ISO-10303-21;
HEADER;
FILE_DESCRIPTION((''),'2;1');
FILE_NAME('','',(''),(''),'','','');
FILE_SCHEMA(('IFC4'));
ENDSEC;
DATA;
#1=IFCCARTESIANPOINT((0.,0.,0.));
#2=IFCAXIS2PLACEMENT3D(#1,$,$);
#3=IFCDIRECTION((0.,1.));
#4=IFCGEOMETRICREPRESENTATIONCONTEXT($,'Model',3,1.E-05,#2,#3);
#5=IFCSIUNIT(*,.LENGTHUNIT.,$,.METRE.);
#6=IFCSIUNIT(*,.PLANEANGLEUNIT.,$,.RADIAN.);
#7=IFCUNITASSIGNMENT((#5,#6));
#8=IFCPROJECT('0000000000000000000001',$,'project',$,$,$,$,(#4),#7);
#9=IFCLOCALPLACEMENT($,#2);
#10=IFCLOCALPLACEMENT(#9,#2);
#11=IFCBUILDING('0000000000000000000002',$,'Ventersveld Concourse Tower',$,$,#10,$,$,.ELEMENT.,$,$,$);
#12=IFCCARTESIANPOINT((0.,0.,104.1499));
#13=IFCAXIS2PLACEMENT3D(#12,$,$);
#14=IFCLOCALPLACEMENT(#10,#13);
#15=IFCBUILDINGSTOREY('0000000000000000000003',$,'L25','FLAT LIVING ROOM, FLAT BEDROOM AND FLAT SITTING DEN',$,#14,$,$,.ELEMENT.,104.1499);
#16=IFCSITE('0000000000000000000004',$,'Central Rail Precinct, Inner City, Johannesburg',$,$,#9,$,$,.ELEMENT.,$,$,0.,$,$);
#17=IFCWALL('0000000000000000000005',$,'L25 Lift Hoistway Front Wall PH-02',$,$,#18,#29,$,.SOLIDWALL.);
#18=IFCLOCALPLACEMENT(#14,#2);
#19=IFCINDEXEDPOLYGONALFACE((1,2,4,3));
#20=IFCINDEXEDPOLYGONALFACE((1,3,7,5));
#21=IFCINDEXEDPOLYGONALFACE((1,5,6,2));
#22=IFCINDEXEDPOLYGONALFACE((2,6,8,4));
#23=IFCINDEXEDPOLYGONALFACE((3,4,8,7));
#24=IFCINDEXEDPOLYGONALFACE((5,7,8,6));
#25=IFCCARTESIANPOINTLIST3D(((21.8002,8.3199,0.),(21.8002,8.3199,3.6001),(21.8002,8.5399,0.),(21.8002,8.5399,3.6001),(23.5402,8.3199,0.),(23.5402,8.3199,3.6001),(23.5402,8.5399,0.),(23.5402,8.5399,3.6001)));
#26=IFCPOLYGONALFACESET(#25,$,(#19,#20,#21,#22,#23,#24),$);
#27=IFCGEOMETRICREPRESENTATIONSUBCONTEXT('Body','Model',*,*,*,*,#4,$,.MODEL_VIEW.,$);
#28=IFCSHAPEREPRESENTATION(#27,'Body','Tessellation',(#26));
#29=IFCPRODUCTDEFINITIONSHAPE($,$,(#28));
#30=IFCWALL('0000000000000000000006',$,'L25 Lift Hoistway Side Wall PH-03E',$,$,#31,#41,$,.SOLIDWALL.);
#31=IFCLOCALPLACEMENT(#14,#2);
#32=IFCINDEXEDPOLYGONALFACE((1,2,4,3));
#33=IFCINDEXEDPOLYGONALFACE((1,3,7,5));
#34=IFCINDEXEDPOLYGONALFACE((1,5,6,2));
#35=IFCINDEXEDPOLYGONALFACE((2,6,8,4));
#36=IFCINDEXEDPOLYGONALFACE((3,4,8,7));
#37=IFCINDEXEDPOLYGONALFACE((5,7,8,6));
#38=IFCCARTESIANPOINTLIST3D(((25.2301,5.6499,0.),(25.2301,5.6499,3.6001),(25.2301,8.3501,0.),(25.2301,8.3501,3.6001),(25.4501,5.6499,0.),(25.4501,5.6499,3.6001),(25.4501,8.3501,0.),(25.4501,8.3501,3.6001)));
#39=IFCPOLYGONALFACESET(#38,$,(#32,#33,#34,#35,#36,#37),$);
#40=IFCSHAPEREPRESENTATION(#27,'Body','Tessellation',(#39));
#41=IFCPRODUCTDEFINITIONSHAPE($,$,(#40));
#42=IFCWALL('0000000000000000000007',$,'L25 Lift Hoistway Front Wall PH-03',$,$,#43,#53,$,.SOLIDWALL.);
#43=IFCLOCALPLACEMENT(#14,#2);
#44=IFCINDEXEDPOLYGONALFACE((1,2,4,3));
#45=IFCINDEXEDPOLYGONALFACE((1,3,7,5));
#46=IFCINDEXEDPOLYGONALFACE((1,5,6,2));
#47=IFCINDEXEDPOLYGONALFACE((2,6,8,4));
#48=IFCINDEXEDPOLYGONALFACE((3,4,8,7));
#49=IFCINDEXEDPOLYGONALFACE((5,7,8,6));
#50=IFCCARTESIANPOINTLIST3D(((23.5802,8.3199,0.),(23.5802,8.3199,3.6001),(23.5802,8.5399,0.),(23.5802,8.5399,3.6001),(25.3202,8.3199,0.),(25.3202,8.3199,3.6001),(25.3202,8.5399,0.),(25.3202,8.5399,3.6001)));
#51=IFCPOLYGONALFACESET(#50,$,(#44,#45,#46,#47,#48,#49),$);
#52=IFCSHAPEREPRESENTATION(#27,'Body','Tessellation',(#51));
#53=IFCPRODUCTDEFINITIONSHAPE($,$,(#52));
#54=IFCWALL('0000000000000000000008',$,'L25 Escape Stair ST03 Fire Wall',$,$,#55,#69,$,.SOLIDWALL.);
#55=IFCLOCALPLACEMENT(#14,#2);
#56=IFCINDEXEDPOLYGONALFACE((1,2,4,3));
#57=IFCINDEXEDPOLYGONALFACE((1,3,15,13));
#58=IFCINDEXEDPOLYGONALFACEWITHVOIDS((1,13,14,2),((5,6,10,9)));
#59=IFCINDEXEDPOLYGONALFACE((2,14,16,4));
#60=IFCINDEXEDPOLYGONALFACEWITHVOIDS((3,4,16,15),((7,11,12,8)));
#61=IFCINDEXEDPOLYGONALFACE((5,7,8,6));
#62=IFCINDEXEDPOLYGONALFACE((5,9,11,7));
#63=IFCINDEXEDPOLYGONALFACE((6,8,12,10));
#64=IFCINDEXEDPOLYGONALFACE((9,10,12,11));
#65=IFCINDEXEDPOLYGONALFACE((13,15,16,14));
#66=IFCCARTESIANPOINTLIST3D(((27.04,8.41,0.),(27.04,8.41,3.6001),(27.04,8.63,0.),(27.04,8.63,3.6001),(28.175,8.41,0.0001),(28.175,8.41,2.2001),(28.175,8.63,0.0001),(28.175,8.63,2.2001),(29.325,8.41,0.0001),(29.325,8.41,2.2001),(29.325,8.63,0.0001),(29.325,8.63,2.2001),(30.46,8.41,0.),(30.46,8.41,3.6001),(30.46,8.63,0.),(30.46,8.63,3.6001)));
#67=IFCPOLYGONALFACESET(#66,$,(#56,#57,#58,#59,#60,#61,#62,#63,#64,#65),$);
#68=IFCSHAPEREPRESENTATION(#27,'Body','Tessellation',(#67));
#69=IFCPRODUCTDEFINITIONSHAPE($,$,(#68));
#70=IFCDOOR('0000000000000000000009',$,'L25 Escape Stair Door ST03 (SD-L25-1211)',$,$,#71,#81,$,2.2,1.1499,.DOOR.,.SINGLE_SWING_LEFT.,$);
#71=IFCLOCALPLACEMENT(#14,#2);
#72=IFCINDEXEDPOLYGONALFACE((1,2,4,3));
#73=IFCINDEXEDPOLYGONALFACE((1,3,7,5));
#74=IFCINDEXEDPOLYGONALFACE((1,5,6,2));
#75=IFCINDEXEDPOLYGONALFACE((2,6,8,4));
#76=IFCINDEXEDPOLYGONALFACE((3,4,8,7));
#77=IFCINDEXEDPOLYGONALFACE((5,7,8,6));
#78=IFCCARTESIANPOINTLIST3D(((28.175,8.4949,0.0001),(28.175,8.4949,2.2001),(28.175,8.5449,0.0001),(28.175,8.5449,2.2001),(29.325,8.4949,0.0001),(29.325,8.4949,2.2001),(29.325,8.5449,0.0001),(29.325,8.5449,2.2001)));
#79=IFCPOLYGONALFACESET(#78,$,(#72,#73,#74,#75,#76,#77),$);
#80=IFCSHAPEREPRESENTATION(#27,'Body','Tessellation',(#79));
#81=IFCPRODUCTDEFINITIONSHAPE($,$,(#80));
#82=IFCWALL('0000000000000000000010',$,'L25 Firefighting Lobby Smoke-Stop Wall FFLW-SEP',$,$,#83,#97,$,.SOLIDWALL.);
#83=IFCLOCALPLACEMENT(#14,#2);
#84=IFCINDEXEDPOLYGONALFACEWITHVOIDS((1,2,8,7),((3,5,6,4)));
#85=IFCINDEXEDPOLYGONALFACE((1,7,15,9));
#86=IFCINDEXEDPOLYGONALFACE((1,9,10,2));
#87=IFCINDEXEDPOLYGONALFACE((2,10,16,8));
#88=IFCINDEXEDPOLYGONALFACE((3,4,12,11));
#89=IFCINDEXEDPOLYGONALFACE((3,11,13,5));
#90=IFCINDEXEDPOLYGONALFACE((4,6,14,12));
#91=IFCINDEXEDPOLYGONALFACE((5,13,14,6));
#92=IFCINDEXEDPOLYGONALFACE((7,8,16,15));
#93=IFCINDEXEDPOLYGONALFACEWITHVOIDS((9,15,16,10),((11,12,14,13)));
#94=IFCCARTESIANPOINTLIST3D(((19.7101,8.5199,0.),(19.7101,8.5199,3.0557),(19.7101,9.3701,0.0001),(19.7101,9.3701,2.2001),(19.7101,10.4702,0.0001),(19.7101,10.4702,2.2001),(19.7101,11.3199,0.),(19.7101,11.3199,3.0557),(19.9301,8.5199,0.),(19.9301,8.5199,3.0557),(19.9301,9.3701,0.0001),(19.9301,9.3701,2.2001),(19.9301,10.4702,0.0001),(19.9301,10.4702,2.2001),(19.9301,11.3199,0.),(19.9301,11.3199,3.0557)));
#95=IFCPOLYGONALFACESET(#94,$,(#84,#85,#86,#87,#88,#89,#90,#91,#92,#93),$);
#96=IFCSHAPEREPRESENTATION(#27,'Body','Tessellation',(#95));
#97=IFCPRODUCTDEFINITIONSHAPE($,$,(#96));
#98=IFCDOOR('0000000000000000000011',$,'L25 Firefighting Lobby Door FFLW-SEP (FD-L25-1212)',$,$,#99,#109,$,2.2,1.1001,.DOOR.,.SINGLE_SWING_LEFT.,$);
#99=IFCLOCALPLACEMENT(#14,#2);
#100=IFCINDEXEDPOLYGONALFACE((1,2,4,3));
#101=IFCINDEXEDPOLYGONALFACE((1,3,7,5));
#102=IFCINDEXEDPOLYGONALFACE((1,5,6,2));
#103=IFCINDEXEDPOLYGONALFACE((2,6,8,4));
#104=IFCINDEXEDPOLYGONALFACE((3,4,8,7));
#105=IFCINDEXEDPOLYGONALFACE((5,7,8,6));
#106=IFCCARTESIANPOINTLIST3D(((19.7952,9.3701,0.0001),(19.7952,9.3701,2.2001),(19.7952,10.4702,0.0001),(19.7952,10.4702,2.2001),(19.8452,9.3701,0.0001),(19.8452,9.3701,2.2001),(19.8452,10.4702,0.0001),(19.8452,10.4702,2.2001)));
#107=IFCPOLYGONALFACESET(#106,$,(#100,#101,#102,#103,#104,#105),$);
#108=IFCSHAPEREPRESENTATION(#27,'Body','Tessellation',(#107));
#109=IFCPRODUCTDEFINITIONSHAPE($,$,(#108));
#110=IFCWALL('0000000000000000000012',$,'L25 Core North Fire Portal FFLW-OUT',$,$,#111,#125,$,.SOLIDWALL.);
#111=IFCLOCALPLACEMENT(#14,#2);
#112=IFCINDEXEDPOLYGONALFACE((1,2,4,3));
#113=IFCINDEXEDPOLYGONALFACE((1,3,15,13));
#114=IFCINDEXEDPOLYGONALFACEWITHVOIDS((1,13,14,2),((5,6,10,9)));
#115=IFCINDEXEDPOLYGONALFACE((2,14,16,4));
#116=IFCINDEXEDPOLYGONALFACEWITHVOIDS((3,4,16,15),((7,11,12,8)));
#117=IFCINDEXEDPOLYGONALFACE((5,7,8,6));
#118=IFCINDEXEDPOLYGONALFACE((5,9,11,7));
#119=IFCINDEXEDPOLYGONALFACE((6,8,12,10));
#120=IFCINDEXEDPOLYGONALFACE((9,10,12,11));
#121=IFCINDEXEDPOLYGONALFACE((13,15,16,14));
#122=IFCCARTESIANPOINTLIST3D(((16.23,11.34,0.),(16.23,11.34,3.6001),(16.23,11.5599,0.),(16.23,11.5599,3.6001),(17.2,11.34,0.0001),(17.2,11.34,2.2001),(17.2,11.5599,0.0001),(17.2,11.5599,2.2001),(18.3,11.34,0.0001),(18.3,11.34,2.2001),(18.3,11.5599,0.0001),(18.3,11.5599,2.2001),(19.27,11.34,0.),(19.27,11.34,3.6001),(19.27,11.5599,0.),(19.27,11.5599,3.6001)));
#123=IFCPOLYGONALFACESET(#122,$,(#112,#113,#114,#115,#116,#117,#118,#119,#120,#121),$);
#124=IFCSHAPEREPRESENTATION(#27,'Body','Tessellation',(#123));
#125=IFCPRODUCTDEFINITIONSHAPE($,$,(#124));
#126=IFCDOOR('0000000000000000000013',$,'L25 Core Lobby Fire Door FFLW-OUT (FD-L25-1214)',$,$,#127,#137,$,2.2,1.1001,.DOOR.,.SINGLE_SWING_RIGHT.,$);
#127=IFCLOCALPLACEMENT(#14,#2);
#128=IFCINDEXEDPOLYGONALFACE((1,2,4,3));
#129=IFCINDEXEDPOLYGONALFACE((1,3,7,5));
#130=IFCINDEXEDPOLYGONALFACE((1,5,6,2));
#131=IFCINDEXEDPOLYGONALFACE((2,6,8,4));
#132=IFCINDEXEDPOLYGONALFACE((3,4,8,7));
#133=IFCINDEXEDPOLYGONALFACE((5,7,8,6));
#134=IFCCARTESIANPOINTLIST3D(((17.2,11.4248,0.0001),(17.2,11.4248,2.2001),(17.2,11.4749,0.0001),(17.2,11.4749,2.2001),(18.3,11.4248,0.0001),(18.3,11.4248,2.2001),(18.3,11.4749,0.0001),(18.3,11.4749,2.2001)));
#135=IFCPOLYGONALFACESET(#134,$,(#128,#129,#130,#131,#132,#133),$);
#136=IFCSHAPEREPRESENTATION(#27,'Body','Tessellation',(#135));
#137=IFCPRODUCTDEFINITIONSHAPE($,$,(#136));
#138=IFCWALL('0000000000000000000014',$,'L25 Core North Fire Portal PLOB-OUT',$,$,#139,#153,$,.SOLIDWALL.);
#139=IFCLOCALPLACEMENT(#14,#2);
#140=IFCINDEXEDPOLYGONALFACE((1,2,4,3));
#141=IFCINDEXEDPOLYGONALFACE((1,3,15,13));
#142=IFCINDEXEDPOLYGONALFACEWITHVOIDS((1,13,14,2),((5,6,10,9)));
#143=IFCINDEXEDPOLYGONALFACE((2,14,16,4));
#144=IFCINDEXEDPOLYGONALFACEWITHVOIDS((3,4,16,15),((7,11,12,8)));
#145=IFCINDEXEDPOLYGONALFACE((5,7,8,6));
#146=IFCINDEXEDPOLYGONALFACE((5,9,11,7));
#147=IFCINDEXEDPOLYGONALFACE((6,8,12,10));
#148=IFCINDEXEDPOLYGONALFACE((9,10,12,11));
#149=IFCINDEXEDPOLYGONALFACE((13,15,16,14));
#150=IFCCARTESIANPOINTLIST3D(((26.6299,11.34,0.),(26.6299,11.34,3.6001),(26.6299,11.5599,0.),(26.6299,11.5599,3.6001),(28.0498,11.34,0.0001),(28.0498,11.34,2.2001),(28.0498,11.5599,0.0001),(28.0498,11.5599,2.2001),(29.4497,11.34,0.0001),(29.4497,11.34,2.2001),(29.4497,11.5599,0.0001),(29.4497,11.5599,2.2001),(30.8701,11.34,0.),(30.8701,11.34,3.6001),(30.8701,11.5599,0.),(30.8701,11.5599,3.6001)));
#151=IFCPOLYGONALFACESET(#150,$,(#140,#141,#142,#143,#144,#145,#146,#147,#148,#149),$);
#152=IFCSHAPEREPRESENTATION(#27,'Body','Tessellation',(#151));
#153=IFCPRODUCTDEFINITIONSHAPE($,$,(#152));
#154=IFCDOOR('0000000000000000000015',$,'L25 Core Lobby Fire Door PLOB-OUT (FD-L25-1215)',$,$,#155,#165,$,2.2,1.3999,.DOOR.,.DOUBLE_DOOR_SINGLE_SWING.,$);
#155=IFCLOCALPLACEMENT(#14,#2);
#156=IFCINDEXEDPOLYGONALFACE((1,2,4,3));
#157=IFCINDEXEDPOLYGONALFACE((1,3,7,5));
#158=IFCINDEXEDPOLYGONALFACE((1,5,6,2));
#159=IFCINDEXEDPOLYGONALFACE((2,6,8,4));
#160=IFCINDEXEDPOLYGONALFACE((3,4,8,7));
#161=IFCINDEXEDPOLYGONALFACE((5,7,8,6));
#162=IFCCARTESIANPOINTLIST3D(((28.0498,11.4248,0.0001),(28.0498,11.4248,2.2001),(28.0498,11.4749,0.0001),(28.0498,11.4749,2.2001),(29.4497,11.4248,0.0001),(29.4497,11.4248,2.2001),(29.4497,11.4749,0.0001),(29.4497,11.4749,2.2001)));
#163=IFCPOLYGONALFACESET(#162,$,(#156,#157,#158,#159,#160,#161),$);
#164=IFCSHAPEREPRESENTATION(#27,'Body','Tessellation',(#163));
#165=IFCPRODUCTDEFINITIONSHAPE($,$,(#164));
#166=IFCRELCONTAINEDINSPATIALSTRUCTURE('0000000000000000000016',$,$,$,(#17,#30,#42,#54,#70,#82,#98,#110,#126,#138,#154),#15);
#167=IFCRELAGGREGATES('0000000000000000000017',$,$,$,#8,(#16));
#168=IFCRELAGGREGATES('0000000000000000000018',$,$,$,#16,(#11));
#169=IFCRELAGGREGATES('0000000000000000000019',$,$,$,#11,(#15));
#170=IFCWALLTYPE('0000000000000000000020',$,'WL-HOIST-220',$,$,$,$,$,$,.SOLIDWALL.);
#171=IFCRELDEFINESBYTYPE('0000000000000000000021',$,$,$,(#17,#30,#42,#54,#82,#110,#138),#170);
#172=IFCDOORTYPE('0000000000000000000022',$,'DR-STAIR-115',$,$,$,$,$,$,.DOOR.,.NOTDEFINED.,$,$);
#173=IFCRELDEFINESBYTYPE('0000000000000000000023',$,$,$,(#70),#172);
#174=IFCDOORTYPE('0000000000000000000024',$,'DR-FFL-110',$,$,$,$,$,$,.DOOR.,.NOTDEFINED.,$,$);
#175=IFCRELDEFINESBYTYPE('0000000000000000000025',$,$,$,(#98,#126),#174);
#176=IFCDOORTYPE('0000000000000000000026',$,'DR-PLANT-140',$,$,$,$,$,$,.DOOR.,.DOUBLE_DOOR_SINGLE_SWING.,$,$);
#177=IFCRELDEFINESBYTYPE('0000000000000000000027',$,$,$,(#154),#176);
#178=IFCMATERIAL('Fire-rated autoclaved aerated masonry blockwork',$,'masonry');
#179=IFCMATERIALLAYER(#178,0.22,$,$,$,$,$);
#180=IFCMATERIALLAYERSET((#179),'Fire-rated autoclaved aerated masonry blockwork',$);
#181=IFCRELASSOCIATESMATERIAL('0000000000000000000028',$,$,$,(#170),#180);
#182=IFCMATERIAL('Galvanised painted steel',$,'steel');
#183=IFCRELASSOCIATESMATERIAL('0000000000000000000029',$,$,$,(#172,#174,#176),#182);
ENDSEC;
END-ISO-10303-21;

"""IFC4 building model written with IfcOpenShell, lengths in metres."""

from ifc_helpers import new_model, si_unit, direction, frame, frame_2d, origin, place, context, subcontext, project, spatial, rectangle, extrude, material, layer, layer_set, type_object, element, fill, save


model = new_model("IFC4")

# Units and contexts
model_context = context("Model", 3, precision=1e-05, world=origin(), true_north=direction((0.0, 1.0)))
body_context = subcontext(model_context, "Body", "Model", "MODEL_VIEW")
ifc_project = project(units=[si_unit("LENGTHUNIT", "METRE"), si_unit("PLANEANGLEUNIT", "RADIAN")], contexts=[model_context])

# Site, building, storey
site_placement = place(None, origin())
site = spatial("IfcSite", under=ifc_project, at=site_placement, Name="Central Rail Precinct, Inner City, Johannesburg", CompositionType="ELEMENT", RefElevation=0.0)
building_placement = place(site_placement, origin())
building = spatial("IfcBuilding", under=site, at=building_placement, Name="Ventersveld Concourse Tower", CompositionType="ELEMENT")
storey_placement = place(building_placement, frame((0.0, 0.0, 104.1499)))
storey = spatial("IfcBuildingStorey", under=building, at=storey_placement, Name="L25", Description="FLAT LIVING ROOM, FLAT BEDROOM AND FLAT SITTING DEN", CompositionType="ELEMENT", Elevation=104.1499)

# Shared definitions
ifc_material_1 = material(Name="Fire-rated autoclaved aerated masonry blockwork", Category="masonry")
ifc_layer_1 = layer(ifc_material_1, 0.22)
ifc_layer_set_1 = layer_set([ifc_layer_1], Name="Fire-rated autoclaved aerated masonry blockwork")
wall_type_1 = type_object("IfcWallType", Name="WL-HOIST-220", PredefinedType="SOLIDWALL", material=ifc_layer_set_1)

# Walls
wall_1_placement = place(storey_placement, frame((21.8, 8.4299, 0.0), z_axis=(0.0, 0.0, 1.0), x_axis=(1.0, 0.0, 0.0)))
element("IfcWall", 1, at=wall_1_placement, inside=storey, type_object=wall_type_1, Name="L25 Lift Hoistway Front Wall PH-02", PredefinedType="SOLIDWALL", context=body_context, shape_type="SweptSolid", body=[
    extrude(rectangle(XDim=1.74, YDim=0.22, at=frame_2d((0.8701, 0.0))), origin(), (0.0, 0.0, 1.0), 3.6001),
])
wall_2_placement = place(storey_placement, frame((25.3401, 5.6499, 0.0), z_axis=(0.0, 0.0, 1.0), x_axis=(0.0, 1.0, 0.0)))
element("IfcWall", 2, at=wall_2_placement, inside=storey, type_object=wall_type_1, Name="L25 Lift Hoistway Side Wall PH-03E", PredefinedType="SOLIDWALL", context=body_context, shape_type="SweptSolid", body=[
    extrude(rectangle(XDim=2.7002, YDim=0.22, at=frame_2d((1.3501, 0.0))), origin(), (0.0, 0.0, 1.0), 3.6001),
])
wall_3_placement = place(storey_placement, frame((23.5801, 8.4299, 0.0), z_axis=(0.0, 0.0, 1.0), x_axis=(1.0, 0.0, 0.0)))
element("IfcWall", 3, at=wall_3_placement, inside=storey, type_object=wall_type_1, Name="L25 Lift Hoistway Front Wall PH-03", PredefinedType="SOLIDWALL", context=body_context, shape_type="SweptSolid", body=[
    extrude(rectangle(XDim=1.74, YDim=0.22, at=frame_2d((0.8701, 0.0))), origin(), (0.0, 0.0, 1.0), 3.6001),
])

# Walls, openings, doors
wall_4_placement = place(storey_placement, frame((27.04, 8.52, 0.0), z_axis=(0.0, 0.0, 1.0), x_axis=(1.0, 0.0, 0.0)))
wall_4 = element("IfcWall", 4, at=wall_4_placement, inside=storey, type_object=wall_type_1, Name="L25 Escape Stair ST03 Fire Wall", PredefinedType="SOLIDWALL", context=body_context, shape_type="SweptSolid", body=[
    extrude(rectangle(XDim=3.4199, YDim=0.22, at=frame_2d((1.71, 0.0))), origin(), (0.0, 0.0, 1.0), 3.6001),
])
opening_1_placement = place(wall_4_placement, frame((1.135, 0.0, 0.0)))
opening_1 = element("IfcOpeningElement", 5, at=opening_1_placement, cuts=wall_4, PredefinedType="OPENING", context=body_context, shape_type="SweptSolid", body=[
    extrude(rectangle(XDim=1.1499, YDim=2.2, at=frame_2d((0.575, 1.1001))), frame((0.0, 0.1201, 0.0), z_axis=(0.0, -1.0, 0.0), x_axis=(1.0, 0.0, 0.0)), (0.0, 0.0, 1.0), 0.24),
])
ifc_material_2 = material(Name="Galvanised painted steel", Category="steel")
door_type_1 = type_object("IfcDoorType", Name="DR-STAIR-115", OperationType="NOTDEFINED", PredefinedType="DOOR", material=ifc_material_2)
door_1_placement = place(opening_1_placement, origin())
door_1 = element("IfcDoor", 6, at=door_1_placement, inside=storey, type_object=door_type_1, Name="L25 Escape Stair Door ST03 (SD-L25-1211)", OperationType="SINGLE_SWING_LEFT", OverallHeight=2.2, OverallWidth=1.1499, PredefinedType="DOOR", context=body_context, shape_type="SweptSolid", body=[
    extrude(rectangle(XDim=1.1499, YDim=2.2, at=frame_2d((0.575, 1.1001))), frame((0.0, 0.0249, 0.0), z_axis=(0.0, -1.0, 0.0), x_axis=(1.0, 0.0, 0.0)), (0.0, 0.0, 1.0), 0.05),
])
fill(opening_1, door_1)
wall_5_placement = place(storey_placement, frame((19.8201, 8.52, 0.0), z_axis=(0.0, 0.0, 1.0), x_axis=(0.0, 1.0, 0.0)))
wall_5 = element("IfcWall", 7, at=wall_5_placement, inside=storey, type_object=wall_type_1, Name="L25 Firefighting Lobby Smoke-Stop Wall FFLW-SEP", PredefinedType="SOLIDWALL", context=body_context, shape_type="SweptSolid", body=[
    extrude(rectangle(XDim=2.8, YDim=0.22, at=frame_2d((1.3999, 0.0))), origin(), (0.0, 0.0, 1.0), 3.0557),
])
opening_2_placement = place(wall_5_placement, frame((0.8501, 0.0, 0.0)))
opening_2 = element("IfcOpeningElement", 8, at=opening_2_placement, cuts=wall_5, PredefinedType="OPENING", context=body_context, shape_type="SweptSolid", body=[
    extrude(rectangle(XDim=1.1001, YDim=2.2, at=frame_2d((0.55, 1.1001))), frame((0.0, 0.1201, 0.0), z_axis=(0.0, -1.0, 0.0), x_axis=(1.0, 0.0, 0.0)), (0.0, 0.0, 1.0), 0.24),
])
door_type_2 = type_object("IfcDoorType", Name="DR-FFL-110", OperationType="NOTDEFINED", PredefinedType="DOOR", material=ifc_material_2)
door_2_placement = place(opening_2_placement, origin())
door_2 = element("IfcDoor", 9, at=door_2_placement, inside=storey, type_object=door_type_2, Name="L25 Firefighting Lobby Door FFLW-SEP (FD-L25-1212)", OperationType="SINGLE_SWING_LEFT", OverallHeight=2.2, OverallWidth=1.1001, PredefinedType="DOOR", context=body_context, shape_type="SweptSolid", body=[
    extrude(rectangle(XDim=1.1001, YDim=2.2, at=frame_2d((0.55, 1.1001))), frame((0.0, 0.0249, 0.0), z_axis=(0.0, -1.0, 0.0), x_axis=(1.0, 0.0, 0.0)), (0.0, 0.0, 1.0), 0.05),
])
fill(opening_2, door_2)
wall_6_placement = place(storey_placement, frame((16.23, 11.45, 0.0), z_axis=(0.0, 0.0, 1.0), x_axis=(1.0, 0.0, 0.0)))
wall_6 = element("IfcWall", 10, at=wall_6_placement, inside=storey, type_object=wall_type_1, Name="L25 Core North Fire Portal FFLW-OUT", PredefinedType="SOLIDWALL", context=body_context, shape_type="SweptSolid", body=[
    extrude(rectangle(XDim=3.04, YDim=0.22, at=frame_2d((1.52, 0.0))), origin(), (0.0, 0.0, 1.0), 3.6001),
])
opening_3_placement = place(wall_6_placement, frame((0.97, 0.0, 0.0)))
opening_3 = element("IfcOpeningElement", 11, at=opening_3_placement, cuts=wall_6, PredefinedType="OPENING", context=body_context, shape_type="SweptSolid", body=[
    extrude(rectangle(XDim=1.1001, YDim=2.2, at=frame_2d((0.55, 1.1001))), frame((0.0, 0.1201, 0.0), z_axis=(0.0, -1.0, 0.0), x_axis=(1.0, 0.0, 0.0)), (0.0, 0.0, 1.0), 0.24),
])
door_3_placement = place(opening_3_placement, origin())
door_3 = element("IfcDoor", 12, at=door_3_placement, inside=storey, type_object=door_type_2, Name="L25 Core Lobby Fire Door FFLW-OUT (FD-L25-1214)", OperationType="SINGLE_SWING_RIGHT", OverallHeight=2.2, OverallWidth=1.1001, PredefinedType="DOOR", context=body_context, shape_type="SweptSolid", body=[
    extrude(rectangle(XDim=1.1001, YDim=2.2, at=frame_2d((0.55, 1.1001))), frame((0.0, 0.0249, 0.0), z_axis=(0.0, -1.0, 0.0), x_axis=(1.0, 0.0, 0.0)), (0.0, 0.0, 1.0), 0.05),
])
fill(opening_3, door_3)
wall_7_placement = place(storey_placement, frame((26.6299, 11.45, 0.0), z_axis=(0.0, 0.0, 1.0), x_axis=(1.0, 0.0, 0.0)))
wall_7 = element("IfcWall", 13, at=wall_7_placement, inside=storey, type_object=wall_type_1, Name="L25 Core North Fire Portal PLOB-OUT", PredefinedType="SOLIDWALL", context=body_context, shape_type="SweptSolid", body=[
    extrude(rectangle(XDim=4.2402, YDim=0.22, at=frame_2d((2.1201, 0.0))), origin(), (0.0, 0.0, 1.0), 3.6001),
])
opening_4_placement = place(wall_7_placement, frame((1.4199, 0.0, 0.0)))
opening_4 = element("IfcOpeningElement", 14, at=opening_4_placement, cuts=wall_7, PredefinedType="OPENING", context=body_context, shape_type="SweptSolid", body=[
    extrude(rectangle(XDim=1.3999, YDim=2.2, at=frame_2d((0.7, 1.1001))), frame((0.0, 0.1201, 0.0), z_axis=(0.0, -1.0, 0.0), x_axis=(1.0, 0.0, 0.0)), (0.0, 0.0, 1.0), 0.24),
])
door_type_3 = type_object("IfcDoorType", Name="DR-PLANT-140", OperationType="DOUBLE_DOOR_SINGLE_SWING", PredefinedType="DOOR", material=ifc_material_2)
door_4_placement = place(opening_4_placement, origin())
door_4 = element("IfcDoor", 15, at=door_4_placement, inside=storey, type_object=door_type_3, Name="L25 Core Lobby Fire Door PLOB-OUT (FD-L25-1215)", OperationType="DOUBLE_DOOR_SINGLE_SWING", OverallHeight=2.2, OverallWidth=1.3999, PredefinedType="DOOR", context=body_context, shape_type="SweptSolid", body=[
    extrude(rectangle(XDim=1.3999, YDim=2.2, at=frame_2d((0.7, 1.1001))), frame((0.0, 0.0249, 0.0), z_axis=(0.0, -1.0, 0.0), x_axis=(1.0, 0.0, 0.0)), (0.0, 0.0, 1.0), 0.05),
])
fill(opening_4, door_4)

save(model, "model.ifc")
